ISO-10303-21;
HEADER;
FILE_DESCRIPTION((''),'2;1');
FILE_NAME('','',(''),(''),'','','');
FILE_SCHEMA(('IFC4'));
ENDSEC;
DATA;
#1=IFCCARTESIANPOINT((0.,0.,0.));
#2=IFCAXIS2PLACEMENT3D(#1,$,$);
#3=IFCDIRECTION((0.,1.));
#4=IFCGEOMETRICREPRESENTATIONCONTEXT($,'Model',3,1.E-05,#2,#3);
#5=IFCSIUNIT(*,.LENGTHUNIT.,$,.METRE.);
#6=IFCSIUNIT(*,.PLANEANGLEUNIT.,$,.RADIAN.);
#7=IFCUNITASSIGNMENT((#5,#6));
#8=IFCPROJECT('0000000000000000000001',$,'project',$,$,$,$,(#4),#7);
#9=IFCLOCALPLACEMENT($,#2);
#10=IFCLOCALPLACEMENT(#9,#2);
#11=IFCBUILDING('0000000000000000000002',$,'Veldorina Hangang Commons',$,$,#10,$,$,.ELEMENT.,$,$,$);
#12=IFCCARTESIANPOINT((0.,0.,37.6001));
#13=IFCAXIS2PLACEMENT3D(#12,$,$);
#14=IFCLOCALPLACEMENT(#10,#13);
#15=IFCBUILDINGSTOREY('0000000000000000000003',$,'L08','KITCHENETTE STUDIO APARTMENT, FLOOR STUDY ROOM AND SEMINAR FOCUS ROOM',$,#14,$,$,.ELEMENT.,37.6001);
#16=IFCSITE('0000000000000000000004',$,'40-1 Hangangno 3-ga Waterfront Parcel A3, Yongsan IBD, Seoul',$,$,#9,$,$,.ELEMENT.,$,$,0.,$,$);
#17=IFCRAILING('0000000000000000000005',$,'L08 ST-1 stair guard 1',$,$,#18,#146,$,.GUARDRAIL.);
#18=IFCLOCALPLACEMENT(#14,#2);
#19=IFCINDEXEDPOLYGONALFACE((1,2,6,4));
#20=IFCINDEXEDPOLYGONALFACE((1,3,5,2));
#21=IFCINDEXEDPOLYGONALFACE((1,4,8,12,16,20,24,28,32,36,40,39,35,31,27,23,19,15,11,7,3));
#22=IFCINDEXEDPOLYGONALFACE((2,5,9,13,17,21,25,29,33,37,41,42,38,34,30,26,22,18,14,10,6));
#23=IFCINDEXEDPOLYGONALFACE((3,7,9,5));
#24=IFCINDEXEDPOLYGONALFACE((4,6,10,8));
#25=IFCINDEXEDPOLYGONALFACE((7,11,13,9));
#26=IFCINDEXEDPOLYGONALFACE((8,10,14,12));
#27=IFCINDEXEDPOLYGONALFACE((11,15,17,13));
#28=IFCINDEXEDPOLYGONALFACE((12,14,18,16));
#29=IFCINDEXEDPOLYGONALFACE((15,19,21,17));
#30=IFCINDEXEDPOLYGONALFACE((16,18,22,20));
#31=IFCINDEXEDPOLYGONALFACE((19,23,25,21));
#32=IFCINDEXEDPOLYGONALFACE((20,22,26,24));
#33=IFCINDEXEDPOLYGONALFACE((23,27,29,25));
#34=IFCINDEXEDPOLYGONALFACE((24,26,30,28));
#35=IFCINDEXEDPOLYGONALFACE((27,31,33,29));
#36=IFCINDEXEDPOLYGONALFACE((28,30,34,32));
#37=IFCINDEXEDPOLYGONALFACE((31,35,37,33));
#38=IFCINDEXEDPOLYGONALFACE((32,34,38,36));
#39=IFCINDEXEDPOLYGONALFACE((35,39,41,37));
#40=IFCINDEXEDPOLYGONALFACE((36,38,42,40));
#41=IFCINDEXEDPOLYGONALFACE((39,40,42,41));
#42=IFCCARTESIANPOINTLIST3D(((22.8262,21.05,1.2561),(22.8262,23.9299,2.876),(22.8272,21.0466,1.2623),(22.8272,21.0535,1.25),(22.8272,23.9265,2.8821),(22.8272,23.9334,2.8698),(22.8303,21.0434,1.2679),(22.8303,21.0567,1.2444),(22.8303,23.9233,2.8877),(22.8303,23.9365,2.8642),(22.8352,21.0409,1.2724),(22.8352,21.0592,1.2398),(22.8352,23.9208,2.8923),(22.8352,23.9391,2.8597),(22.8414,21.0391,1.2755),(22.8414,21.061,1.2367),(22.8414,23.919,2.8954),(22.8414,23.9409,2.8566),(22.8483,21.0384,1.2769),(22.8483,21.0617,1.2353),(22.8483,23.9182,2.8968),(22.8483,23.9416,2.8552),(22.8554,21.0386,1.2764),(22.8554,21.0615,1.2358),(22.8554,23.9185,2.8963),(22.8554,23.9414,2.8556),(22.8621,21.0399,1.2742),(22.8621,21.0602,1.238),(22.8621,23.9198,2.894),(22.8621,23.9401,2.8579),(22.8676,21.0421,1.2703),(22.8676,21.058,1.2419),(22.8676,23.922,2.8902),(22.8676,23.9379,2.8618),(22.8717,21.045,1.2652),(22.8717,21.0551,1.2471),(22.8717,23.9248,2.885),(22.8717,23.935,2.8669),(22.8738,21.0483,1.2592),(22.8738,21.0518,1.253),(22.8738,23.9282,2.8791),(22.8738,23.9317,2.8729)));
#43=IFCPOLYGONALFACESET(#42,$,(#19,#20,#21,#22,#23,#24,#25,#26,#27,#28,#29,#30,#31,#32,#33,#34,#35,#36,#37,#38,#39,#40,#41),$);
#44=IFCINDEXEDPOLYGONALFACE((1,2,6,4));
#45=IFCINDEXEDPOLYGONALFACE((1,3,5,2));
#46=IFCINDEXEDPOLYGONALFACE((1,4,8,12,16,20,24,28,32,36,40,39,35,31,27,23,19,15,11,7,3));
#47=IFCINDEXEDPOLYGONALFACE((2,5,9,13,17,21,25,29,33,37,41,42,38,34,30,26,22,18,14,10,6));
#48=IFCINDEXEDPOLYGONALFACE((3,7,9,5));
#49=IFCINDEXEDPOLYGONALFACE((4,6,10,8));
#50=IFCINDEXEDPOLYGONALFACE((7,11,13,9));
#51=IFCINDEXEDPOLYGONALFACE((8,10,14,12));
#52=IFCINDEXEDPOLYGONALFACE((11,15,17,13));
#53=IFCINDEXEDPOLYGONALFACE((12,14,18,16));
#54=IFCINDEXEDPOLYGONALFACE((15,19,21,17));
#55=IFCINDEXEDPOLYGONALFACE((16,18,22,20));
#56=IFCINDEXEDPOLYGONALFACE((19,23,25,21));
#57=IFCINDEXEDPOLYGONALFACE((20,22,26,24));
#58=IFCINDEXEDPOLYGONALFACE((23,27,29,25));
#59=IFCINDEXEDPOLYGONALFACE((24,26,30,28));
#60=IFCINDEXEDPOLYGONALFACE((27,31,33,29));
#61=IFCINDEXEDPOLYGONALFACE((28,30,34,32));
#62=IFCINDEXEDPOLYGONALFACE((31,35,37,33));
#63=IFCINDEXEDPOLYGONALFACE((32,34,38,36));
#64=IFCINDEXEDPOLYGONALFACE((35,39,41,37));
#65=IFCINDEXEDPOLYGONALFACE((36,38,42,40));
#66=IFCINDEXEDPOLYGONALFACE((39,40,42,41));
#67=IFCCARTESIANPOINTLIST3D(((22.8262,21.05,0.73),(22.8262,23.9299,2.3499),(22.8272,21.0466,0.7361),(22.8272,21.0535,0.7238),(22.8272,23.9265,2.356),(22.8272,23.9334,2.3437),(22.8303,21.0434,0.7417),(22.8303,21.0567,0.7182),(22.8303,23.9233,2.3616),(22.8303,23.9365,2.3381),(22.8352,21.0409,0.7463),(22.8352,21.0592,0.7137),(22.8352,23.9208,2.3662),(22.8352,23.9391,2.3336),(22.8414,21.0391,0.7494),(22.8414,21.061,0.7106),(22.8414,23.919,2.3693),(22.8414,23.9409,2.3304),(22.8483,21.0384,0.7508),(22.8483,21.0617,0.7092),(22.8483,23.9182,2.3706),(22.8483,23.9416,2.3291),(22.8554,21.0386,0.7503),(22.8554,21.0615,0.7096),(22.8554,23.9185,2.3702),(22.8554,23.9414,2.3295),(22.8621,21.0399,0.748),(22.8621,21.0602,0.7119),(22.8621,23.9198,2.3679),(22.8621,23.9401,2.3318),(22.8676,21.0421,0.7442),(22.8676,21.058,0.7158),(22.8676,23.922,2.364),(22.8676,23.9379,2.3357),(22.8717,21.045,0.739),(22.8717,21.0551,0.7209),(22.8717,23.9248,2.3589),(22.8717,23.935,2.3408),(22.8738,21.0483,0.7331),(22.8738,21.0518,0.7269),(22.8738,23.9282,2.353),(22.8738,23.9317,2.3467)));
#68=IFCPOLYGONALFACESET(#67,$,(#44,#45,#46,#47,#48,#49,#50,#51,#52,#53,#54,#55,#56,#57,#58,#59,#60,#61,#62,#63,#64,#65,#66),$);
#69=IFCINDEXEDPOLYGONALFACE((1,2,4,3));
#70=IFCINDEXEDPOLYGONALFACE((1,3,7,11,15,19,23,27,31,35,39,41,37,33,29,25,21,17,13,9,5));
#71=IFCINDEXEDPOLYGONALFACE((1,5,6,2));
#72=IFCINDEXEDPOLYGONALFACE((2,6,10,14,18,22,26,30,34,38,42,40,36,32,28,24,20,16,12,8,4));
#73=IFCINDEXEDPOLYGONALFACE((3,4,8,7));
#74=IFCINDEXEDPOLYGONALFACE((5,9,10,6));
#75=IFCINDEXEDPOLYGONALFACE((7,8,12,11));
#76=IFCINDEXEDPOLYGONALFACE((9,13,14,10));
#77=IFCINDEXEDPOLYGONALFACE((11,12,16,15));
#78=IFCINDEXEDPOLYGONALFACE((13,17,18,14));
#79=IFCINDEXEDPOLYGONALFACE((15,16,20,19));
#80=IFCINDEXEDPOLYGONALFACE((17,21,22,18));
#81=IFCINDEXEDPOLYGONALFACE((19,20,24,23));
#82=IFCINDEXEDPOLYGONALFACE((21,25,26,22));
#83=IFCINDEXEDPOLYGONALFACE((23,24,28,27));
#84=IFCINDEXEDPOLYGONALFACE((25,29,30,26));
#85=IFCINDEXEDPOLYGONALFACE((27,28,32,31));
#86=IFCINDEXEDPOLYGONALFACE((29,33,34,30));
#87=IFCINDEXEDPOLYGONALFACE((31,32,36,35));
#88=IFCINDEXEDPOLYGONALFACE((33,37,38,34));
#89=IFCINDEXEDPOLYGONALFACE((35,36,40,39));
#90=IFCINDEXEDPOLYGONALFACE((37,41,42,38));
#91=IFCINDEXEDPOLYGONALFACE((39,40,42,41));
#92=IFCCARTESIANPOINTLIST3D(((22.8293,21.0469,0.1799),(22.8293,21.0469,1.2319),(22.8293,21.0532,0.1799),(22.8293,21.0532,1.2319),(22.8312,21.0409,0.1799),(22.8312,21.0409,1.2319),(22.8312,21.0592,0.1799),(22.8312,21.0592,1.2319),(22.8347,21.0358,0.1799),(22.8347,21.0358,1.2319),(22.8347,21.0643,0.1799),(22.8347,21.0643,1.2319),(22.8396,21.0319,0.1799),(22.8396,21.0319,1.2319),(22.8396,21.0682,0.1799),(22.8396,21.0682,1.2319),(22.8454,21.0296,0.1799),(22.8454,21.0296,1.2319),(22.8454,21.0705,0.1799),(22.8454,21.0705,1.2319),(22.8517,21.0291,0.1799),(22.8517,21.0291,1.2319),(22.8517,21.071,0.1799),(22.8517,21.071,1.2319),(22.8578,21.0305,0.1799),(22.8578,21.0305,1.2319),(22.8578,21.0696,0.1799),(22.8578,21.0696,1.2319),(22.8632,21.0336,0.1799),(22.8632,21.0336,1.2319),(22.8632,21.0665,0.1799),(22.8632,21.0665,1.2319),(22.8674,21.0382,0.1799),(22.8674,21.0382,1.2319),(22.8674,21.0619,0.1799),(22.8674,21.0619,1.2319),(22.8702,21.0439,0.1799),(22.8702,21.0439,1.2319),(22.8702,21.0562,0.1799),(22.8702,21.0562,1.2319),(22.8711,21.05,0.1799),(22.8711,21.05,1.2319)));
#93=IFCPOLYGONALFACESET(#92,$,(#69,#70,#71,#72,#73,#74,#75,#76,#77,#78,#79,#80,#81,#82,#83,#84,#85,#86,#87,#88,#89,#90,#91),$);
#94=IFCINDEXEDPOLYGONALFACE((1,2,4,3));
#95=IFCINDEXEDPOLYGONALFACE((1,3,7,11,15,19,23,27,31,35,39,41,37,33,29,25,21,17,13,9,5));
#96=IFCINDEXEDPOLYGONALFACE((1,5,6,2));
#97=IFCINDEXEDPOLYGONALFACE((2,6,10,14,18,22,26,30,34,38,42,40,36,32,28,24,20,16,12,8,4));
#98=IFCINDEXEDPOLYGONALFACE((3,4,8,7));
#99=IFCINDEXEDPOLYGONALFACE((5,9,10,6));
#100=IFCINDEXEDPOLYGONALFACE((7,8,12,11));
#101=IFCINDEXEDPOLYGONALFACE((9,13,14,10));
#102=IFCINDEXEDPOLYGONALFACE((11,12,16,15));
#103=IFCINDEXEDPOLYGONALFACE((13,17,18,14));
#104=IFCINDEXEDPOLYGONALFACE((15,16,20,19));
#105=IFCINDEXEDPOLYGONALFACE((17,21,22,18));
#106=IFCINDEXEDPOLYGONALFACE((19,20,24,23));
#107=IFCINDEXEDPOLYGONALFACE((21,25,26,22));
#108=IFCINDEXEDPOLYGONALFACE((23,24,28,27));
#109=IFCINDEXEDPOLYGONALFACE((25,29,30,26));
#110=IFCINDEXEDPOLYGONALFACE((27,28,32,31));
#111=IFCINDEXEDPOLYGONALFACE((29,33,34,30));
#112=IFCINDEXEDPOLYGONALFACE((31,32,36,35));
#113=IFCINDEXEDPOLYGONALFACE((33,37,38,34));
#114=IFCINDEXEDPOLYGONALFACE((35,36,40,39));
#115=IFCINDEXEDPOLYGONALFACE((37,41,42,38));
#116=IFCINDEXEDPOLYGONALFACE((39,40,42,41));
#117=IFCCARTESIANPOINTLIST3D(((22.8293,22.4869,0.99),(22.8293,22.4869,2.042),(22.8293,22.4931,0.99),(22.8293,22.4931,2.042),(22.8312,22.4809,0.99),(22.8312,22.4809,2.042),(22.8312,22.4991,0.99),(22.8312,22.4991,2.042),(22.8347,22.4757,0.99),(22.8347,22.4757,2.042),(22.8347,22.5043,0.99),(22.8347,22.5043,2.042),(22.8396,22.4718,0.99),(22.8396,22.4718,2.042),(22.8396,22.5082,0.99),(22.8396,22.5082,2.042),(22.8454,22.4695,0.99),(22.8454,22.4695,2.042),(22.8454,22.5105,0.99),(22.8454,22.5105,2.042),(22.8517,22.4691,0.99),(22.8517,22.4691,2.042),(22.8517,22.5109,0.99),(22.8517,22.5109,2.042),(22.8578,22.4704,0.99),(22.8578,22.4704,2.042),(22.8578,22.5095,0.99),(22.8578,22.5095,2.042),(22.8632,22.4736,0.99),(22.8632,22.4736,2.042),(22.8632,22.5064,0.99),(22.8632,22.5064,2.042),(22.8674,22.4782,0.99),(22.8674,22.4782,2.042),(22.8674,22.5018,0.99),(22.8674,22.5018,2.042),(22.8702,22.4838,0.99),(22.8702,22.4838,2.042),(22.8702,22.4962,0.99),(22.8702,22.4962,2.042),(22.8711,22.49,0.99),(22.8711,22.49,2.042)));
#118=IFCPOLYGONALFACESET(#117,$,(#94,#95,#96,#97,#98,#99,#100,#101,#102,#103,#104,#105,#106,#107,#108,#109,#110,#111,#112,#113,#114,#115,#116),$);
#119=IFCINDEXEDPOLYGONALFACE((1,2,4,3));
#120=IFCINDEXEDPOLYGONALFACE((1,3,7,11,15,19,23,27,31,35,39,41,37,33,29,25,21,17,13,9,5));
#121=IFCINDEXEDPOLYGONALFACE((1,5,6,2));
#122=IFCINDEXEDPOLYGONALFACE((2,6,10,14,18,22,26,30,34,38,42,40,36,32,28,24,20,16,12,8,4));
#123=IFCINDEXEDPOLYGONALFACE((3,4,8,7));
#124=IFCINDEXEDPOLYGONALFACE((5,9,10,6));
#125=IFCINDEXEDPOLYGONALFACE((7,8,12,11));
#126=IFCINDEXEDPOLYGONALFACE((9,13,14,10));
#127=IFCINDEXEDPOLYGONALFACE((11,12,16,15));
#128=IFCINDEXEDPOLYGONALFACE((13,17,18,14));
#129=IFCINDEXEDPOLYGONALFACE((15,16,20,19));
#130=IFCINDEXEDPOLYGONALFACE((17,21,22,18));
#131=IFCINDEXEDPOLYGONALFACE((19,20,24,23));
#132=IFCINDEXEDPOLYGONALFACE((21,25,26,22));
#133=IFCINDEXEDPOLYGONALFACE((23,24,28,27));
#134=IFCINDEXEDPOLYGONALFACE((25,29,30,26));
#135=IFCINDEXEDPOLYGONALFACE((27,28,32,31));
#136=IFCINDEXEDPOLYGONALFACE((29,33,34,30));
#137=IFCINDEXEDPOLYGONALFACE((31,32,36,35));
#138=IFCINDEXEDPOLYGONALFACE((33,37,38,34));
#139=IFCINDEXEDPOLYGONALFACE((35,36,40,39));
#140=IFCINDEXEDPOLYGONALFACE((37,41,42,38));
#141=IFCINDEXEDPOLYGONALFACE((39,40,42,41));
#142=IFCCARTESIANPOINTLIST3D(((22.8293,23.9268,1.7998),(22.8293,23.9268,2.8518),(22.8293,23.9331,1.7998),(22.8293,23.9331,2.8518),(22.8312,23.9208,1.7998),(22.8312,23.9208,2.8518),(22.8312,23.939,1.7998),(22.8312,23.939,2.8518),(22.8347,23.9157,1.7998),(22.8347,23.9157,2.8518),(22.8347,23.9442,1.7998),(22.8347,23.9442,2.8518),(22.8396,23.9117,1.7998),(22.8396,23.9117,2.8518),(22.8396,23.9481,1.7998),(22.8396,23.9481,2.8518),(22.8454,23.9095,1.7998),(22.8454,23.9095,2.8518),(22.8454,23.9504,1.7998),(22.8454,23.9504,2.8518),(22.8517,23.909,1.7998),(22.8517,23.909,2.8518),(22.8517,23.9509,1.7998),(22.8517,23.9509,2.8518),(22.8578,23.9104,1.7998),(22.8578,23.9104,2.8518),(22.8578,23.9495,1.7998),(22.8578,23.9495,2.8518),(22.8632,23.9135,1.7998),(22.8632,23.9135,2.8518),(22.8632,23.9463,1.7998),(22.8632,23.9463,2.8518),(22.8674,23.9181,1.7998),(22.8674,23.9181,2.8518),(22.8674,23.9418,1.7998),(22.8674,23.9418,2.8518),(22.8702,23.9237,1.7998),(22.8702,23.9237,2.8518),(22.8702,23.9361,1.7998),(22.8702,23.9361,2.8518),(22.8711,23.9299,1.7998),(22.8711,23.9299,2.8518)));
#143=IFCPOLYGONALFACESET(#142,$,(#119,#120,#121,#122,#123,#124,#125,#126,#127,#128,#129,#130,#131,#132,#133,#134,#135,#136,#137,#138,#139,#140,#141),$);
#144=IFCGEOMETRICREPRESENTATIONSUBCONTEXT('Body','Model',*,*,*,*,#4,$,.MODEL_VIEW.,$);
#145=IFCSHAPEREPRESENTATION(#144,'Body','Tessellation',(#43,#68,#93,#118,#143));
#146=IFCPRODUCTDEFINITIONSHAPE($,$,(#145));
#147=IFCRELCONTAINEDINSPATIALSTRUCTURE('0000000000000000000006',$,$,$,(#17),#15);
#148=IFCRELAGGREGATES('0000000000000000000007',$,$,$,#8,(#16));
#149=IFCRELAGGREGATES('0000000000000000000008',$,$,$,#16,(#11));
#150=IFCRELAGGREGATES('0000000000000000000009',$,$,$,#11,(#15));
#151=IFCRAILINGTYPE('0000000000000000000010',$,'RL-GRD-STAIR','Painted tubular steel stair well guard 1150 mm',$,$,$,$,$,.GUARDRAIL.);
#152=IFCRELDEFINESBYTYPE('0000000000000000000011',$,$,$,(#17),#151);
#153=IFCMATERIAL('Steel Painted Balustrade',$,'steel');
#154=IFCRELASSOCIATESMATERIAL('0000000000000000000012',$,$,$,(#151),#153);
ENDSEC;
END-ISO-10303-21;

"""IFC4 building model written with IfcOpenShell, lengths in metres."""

from ifc_helpers import new_model, si_unit, direction, frame, origin, origin_2d, place, context, subcontext, project, spatial, circle, extrude, material, type_object, element, save


model = new_model("IFC4")

# Units and contexts
model_context = context("Model", 3, precision=1e-05, world=origin(), true_north=direction((0.0, 1.0)))
body_context = subcontext(model_context, "Body", "Model", "MODEL_VIEW")
ifc_project = project(units=[si_unit("LENGTHUNIT", "METRE"), si_unit("PLANEANGLEUNIT", "RADIAN")], contexts=[model_context])

# Site, building, storey
site_placement = place(None, origin())
site = spatial("IfcSite", under=ifc_project, at=site_placement, Name="40-1 Hangangno 3-ga Waterfront Parcel A3, Yongsan IBD, Seoul", CompositionType="ELEMENT", RefElevation=0.0)
building_placement = place(site_placement, origin())
building = spatial("IfcBuilding", under=site, at=building_placement, Name="Veldorina Hangang Commons", CompositionType="ELEMENT")
storey_placement = place(building_placement, frame((0.0, 0.0, 37.6001)))
storey = spatial("IfcBuildingStorey", under=building, at=storey_placement, Name="L08", Description="KITCHENETTE STUDIO APARTMENT, FLOOR STUDY ROOM AND SEMINAR FOCUS ROOM", CompositionType="ELEMENT", Elevation=37.6001)

# Railing
ifc_material_1 = material(Name="Steel Painted Balustrade", Category="steel")
railing_type_1 = type_object("IfcRailingType", Name="RL-GRD-STAIR", Description="Painted tubular steel stair well guard 1150 mm", PredefinedType="GUARDRAIL", material=ifc_material_1)
railing_1_placement = place(storey_placement, frame((22.8501, 21.05, 0.1799)))
element("IfcRailing", 1, at=railing_1_placement, inside=storey, type_object=railing_type_1, Name="L08 ST-1 stair guard 1", PredefinedType="GUARDRAIL", context=body_context, shape_type="SweptSolid", body=[
    extrude(circle(Radius=0.0239, at=origin_2d()), frame((0.0, 0.0, 1.0762), z_axis=(0.0, 0.871583, 0.490247), x_axis=(-1.0, 0.0, 0.0)), (0.0, 0.0, 1.0), 3.3042),
    extrude(circle(Radius=0.0239, at=origin_2d()), frame((0.0, 0.0, 0.55), z_axis=(0.0, 0.871583, 0.490247), x_axis=(-1.0, 0.0, 0.0)), (0.0, 0.0, 1.0), 3.3042),
    extrude(circle(Radius=0.021, at=origin_2d()), origin(), (0.0, 0.0, 1.0), 1.052),
    extrude(circle(Radius=0.021, at=origin_2d()), frame((0.0, 1.4399, 0.8101)), (0.0, 0.0, 1.0), 1.052),
    extrude(circle(Radius=0.021, at=origin_2d()), frame((0.0, 2.8799, 1.6199)), (0.0, 0.0, 1.0), 1.052),
])

save(model, "model.ifc")
